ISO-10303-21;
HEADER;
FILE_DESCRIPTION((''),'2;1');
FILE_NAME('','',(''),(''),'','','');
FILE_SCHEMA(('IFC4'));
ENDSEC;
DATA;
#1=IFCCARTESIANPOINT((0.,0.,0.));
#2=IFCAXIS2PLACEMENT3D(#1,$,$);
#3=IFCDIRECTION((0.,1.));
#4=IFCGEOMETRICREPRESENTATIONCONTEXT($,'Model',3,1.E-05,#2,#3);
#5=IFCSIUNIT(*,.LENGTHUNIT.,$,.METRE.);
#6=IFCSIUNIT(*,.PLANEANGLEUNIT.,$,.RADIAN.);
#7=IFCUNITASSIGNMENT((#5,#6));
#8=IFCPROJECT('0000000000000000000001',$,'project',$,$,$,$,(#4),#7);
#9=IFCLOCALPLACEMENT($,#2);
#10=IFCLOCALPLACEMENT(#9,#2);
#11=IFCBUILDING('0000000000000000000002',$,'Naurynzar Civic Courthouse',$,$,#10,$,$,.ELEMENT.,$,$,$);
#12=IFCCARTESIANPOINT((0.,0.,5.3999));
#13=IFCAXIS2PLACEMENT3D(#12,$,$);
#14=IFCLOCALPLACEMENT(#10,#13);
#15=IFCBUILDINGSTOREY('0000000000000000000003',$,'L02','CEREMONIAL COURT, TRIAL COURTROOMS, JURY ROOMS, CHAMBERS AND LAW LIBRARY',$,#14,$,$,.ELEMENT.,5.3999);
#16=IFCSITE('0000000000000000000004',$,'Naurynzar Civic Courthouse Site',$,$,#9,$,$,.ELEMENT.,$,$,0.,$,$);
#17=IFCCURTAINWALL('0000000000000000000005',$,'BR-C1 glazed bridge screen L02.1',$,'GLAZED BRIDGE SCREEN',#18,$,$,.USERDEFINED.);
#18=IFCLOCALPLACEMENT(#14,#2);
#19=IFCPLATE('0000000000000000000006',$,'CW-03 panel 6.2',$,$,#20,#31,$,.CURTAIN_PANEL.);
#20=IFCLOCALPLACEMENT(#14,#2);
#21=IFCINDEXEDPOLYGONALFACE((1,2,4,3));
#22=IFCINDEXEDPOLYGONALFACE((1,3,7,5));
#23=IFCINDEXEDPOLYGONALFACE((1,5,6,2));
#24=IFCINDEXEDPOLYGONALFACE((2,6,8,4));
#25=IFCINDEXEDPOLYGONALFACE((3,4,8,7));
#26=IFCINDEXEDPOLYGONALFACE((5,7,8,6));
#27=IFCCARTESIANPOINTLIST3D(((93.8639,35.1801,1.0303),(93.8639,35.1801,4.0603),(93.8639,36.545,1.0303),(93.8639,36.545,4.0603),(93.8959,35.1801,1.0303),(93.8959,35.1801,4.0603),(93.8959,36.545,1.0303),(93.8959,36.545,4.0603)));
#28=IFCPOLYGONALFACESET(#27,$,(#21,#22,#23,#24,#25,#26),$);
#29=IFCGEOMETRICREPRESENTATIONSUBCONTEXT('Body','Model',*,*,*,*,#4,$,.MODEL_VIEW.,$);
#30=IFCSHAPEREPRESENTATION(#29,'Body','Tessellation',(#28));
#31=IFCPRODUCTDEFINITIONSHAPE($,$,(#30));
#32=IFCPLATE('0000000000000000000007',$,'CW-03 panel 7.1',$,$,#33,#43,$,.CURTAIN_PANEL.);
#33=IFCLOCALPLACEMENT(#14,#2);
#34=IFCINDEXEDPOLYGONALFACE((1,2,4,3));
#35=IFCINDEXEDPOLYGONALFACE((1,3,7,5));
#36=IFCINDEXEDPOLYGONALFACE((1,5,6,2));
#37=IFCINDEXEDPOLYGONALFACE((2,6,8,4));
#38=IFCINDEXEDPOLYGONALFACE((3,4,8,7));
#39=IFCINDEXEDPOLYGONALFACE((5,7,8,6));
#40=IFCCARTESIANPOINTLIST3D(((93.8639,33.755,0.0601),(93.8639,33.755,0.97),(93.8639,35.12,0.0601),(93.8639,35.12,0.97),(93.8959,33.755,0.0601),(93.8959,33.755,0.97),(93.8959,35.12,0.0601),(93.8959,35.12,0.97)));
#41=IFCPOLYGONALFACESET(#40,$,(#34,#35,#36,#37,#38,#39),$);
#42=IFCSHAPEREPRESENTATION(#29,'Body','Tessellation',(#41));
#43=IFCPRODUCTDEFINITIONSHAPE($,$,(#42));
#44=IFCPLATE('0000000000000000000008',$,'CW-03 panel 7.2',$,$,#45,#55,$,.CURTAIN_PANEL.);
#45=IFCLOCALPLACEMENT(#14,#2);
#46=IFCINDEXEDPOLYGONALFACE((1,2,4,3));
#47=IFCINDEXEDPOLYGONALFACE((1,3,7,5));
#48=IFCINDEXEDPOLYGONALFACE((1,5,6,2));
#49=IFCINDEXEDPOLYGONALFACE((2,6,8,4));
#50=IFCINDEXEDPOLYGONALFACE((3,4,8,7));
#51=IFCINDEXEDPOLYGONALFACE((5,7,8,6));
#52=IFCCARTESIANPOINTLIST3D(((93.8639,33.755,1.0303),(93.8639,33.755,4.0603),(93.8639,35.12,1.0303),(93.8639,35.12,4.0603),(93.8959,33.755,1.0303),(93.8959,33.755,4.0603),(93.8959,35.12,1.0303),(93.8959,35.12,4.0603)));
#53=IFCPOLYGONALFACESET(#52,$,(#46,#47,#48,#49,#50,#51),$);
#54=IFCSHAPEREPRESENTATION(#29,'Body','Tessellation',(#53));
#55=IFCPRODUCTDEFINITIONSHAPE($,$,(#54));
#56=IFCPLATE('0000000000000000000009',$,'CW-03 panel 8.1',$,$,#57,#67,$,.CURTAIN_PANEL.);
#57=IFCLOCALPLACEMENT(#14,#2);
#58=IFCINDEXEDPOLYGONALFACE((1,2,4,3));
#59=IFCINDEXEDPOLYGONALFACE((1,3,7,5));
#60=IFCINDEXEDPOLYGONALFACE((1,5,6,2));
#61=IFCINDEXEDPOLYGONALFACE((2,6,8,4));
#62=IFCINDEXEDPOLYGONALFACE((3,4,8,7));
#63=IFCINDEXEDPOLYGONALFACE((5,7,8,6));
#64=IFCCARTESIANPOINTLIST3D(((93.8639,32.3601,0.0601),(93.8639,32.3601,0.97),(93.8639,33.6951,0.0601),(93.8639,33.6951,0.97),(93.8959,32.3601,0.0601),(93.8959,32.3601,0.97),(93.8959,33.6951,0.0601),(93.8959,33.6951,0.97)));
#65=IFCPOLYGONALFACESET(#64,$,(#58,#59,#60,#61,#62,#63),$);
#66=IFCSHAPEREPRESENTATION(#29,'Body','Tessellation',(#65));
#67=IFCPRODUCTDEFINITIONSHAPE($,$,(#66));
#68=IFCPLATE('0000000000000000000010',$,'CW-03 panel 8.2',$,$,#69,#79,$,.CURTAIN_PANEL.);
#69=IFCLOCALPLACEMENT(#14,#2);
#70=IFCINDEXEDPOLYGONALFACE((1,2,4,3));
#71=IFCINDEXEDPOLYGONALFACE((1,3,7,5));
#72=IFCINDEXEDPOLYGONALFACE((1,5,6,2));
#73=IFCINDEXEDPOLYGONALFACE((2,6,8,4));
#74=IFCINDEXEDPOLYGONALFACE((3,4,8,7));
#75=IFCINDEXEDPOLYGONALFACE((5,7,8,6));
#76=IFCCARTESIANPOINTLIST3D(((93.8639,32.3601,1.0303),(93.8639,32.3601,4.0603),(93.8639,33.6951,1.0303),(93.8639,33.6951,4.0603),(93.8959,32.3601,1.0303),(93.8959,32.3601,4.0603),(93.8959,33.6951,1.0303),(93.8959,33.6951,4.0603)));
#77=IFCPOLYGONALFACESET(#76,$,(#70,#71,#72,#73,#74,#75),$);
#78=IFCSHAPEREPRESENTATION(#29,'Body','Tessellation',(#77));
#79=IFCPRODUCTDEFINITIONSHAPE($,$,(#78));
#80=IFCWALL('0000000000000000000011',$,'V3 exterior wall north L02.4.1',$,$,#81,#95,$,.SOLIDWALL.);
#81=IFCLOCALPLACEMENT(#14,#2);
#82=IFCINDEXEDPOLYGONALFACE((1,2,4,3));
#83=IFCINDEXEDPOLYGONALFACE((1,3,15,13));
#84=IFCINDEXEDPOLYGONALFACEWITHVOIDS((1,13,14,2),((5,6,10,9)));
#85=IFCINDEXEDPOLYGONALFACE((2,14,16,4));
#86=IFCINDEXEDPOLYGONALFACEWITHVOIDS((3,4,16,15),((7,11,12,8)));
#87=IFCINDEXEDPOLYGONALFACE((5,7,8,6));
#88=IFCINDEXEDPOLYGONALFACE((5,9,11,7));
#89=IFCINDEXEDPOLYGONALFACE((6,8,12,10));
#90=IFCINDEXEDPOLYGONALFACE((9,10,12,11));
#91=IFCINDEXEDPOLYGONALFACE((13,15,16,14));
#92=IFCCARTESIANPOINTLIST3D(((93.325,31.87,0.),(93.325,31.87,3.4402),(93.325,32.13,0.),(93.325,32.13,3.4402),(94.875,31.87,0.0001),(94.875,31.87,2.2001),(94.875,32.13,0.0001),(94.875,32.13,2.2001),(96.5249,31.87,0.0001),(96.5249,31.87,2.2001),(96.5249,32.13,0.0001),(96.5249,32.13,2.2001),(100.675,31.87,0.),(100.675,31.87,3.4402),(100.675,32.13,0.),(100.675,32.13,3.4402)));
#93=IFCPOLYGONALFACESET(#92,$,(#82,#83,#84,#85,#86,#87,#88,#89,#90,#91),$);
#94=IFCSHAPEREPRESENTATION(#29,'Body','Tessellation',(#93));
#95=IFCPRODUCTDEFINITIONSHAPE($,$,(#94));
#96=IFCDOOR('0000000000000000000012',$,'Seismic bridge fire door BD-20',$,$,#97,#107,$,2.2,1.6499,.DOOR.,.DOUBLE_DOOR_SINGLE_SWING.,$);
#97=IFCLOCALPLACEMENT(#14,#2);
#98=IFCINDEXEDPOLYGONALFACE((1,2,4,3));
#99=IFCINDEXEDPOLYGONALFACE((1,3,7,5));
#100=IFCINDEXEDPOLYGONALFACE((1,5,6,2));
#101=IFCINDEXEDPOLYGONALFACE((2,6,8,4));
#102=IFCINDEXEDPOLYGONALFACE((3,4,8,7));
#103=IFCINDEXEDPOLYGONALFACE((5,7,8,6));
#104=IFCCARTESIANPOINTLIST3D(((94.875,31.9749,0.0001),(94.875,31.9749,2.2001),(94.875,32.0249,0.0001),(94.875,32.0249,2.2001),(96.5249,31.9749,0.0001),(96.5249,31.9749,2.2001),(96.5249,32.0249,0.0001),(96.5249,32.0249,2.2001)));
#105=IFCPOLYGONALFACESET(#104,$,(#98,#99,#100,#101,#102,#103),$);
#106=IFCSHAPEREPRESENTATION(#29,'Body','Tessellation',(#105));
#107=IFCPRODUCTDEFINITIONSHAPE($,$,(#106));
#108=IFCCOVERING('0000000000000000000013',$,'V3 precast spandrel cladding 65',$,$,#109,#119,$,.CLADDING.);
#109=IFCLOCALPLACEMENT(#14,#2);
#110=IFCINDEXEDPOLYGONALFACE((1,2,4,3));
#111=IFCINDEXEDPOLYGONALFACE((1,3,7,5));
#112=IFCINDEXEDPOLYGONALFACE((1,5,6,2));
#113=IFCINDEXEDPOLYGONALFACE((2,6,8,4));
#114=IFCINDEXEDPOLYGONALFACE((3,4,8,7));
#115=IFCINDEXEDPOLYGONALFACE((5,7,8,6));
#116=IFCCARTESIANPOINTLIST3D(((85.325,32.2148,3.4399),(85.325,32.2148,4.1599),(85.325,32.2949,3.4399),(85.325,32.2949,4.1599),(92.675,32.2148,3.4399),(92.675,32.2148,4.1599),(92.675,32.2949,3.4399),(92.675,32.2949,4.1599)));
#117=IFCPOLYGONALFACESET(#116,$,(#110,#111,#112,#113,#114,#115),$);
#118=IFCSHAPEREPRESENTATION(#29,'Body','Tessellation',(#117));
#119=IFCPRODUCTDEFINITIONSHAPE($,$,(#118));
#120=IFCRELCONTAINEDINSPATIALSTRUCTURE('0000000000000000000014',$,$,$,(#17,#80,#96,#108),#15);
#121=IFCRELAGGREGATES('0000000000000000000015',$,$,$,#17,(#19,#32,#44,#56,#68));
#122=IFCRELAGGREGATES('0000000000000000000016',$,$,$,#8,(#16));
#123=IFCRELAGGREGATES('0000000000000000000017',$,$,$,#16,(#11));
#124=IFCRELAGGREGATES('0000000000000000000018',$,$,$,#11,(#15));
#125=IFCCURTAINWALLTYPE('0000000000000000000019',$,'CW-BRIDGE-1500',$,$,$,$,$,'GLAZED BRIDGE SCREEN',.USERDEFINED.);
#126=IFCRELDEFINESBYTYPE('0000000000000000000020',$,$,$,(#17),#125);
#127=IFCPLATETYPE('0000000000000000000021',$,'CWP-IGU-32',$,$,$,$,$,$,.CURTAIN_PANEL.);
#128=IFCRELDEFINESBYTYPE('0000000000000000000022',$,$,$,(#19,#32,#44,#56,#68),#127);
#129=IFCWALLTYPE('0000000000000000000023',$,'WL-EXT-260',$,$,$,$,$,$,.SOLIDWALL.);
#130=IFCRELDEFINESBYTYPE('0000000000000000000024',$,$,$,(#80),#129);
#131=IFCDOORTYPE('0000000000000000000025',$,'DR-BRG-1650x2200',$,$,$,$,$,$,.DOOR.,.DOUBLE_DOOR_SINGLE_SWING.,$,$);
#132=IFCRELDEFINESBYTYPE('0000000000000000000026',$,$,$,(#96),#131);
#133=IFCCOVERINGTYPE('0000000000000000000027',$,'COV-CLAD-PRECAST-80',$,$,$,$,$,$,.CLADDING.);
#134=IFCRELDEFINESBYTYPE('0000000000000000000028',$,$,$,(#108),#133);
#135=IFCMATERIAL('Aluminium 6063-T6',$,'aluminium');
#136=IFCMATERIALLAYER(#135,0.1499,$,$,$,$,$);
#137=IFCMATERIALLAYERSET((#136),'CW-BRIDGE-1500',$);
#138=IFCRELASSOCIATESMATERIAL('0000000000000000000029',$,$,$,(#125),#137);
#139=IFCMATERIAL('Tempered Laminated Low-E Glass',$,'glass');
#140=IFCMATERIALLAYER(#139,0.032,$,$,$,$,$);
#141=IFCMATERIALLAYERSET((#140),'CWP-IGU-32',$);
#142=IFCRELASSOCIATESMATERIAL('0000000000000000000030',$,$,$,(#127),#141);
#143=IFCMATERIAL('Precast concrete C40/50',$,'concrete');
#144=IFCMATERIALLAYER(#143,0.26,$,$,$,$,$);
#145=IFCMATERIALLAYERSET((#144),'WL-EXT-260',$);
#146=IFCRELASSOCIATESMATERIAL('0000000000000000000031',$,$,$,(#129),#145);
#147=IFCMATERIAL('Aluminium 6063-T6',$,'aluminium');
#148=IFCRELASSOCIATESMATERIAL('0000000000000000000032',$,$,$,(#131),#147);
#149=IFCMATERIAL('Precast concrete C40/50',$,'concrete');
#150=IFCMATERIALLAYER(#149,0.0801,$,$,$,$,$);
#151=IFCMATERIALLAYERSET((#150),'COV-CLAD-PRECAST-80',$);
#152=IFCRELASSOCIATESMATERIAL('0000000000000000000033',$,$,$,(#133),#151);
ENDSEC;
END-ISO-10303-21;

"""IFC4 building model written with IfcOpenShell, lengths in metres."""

from ifc_helpers import new_model, si_unit, direction, frame, frame_2d, origin, origin_2d, place, context, subcontext, project, spatial, rectangle, extrude, material, layer, layer_set, type_object, element, fill, aggregate, save


model = new_model("IFC4")

# Units and contexts
model_context = context("Model", 3, precision=1e-05, world=origin(), true_north=direction((0.0, 1.0)))
body_context = subcontext(model_context, "Body", "Model", "MODEL_VIEW")
ifc_project = project(units=[si_unit("LENGTHUNIT", "METRE"), si_unit("PLANEANGLEUNIT", "RADIAN")], contexts=[model_context])

# Site, building, storey
site_placement = place(None, origin())
site = spatial("IfcSite", under=ifc_project, at=site_placement, Name="Naurynzar Civic Courthouse Site", CompositionType="ELEMENT", RefElevation=0.0)
building_placement = place(site_placement, origin())
building = spatial("IfcBuilding", under=site, at=building_placement, Name="Naurynzar Civic Courthouse", CompositionType="ELEMENT")
storey_placement = place(building_placement, frame((0.0, 0.0, 5.3999)))
storey = spatial("IfcBuildingStorey", under=building, at=storey_placement, Name="L02", Description="CEREMONIAL COURT, TRIAL COURTROOMS, JURY ROOMS, CHAMBERS AND LAW LIBRARY", CompositionType="ELEMENT", Elevation=5.3999)

# Curtain wall
ifc_material_1 = material(Name="Aluminium 6063-T6", Category="aluminium")
ifc_layer_1 = layer(ifc_material_1, 0.1499)
ifc_layer_set_1 = layer_set([ifc_layer_1], Name="CW-BRIDGE-1500")
curtain_wall_type_1 = type_object("IfcCurtainWallType", Name="CW-BRIDGE-1500", ElementType="GLAZED BRIDGE SCREEN", PredefinedType="USERDEFINED", material=ifc_layer_set_1)
curtain_wall_1_placement = place(storey_placement, origin())
curtain_wall_1 = element("IfcCurtainWall", 1, at=curtain_wall_1_placement, inside=storey, type_object=curtain_wall_type_1, Name="BR-C1 glazed bridge screen L02.1", ObjectType="GLAZED BRIDGE SCREEN", PredefinedType="USERDEFINED")

# Plates
ifc_material_2 = material(Name="Tempered Laminated Low-E Glass", Category="glass")
ifc_layer_2 = layer(ifc_material_2, 0.032)
ifc_layer_set_2 = layer_set([ifc_layer_2], Name="CWP-IGU-32")
plate_type = type_object("IfcPlateType", Name="CWP-IGU-32", PredefinedType="CURTAIN_PANEL", material=ifc_layer_set_2)
plate_1_placement = place(storey_placement, frame((93.8799, 35.8625, 1.0303), z_axis=(0.0, 0.0, 1.0), x_axis=(0.0, -1.0, 0.0)))
plate_1 = element("IfcPlate", 2, at=plate_1_placement, type_object=plate_type, Name="CW-03 panel 6.2", PredefinedType="CURTAIN_PANEL", context=body_context, shape_type="SweptSolid", body=[
    extrude(rectangle(XDim=1.365, YDim=0.032, at=origin_2d()), origin(), (0.0, 0.0, 1.0), 3.03),
])
plate_2_placement = place(storey_placement, frame((93.8799, 34.4375, 0.0601), z_axis=(0.0, 0.0, 1.0), x_axis=(0.0, -1.0, 0.0)))
plate_2 = element("IfcPlate", 3, at=plate_2_placement, type_object=plate_type, Name="CW-03 panel 7.1", PredefinedType="CURTAIN_PANEL", context=body_context, shape_type="SweptSolid", body=[
    extrude(rectangle(XDim=1.365, YDim=0.032, at=origin_2d()), origin(), (0.0, 0.0, 1.0), 0.9099),
])
plate_3_placement = place(storey_placement, frame((93.8799, 34.4375, 1.0303), z_axis=(0.0, 0.0, 1.0), x_axis=(0.0, -1.0, 0.0)))
plate_3 = element("IfcPlate", 4, at=plate_3_placement, type_object=plate_type, Name="CW-03 panel 7.2", PredefinedType="CURTAIN_PANEL", context=body_context, shape_type="SweptSolid", body=[
    extrude(rectangle(XDim=1.365, YDim=0.032, at=origin_2d()), origin(), (0.0, 0.0, 1.0), 3.03),
])
plate_4_placement = place(storey_placement, frame((93.8799, 33.0276, 0.0601), z_axis=(0.0, 0.0, 1.0), x_axis=(0.0, -1.0, 0.0)))
plate_4 = element("IfcPlate", 5, at=plate_4_placement, type_object=plate_type, Name="CW-03 panel 8.1", PredefinedType="CURTAIN_PANEL", context=body_context, shape_type="SweptSolid", body=[
    extrude(rectangle(XDim=1.335, YDim=0.032, at=origin_2d()), origin(), (0.0, 0.0, 1.0), 0.9099),
])
plate_5_placement = place(storey_placement, frame((93.8799, 33.0276, 1.0303), z_axis=(0.0, 0.0, 1.0), x_axis=(0.0, -1.0, 0.0)))
plate_5 = element("IfcPlate", 6, at=plate_5_placement, type_object=plate_type, Name="CW-03 panel 8.2", PredefinedType="CURTAIN_PANEL", context=body_context, shape_type="SweptSolid", body=[
    extrude(rectangle(XDim=1.335, YDim=0.032, at=origin_2d()), origin(), (0.0, 0.0, 1.0), 3.03),
])
aggregate(curtain_wall_1, [plate_1, plate_2, plate_3, plate_4, plate_5])

# Wall, opening, door
ifc_material_3 = material(Name="Precast concrete C40/50", Category="concrete")
ifc_layer_3 = layer(ifc_material_3, 0.26)
ifc_layer_set_3 = layer_set([ifc_layer_3], Name="WL-EXT-260")
wall_type = type_object("IfcWallType", Name="WL-EXT-260", PredefinedType="SOLIDWALL", material=ifc_layer_set_3)
wall_placement = place(storey_placement, frame((93.325, 32.0, 0.0), z_axis=(0.0, 0.0, 1.0), x_axis=(1.0, 0.0, 0.0)))
wall = element("IfcWall", 7, at=wall_placement, inside=storey, type_object=wall_type, Name="V3 exterior wall north L02.4.1", PredefinedType="SOLIDWALL", context=body_context, shape_type="SweptSolid", body=[
    extrude(rectangle(XDim=7.3501, YDim=0.26, at=frame_2d((3.675, 0.0))), origin(), (0.0, 0.0, 1.0), 3.4402),
])
opening_placement = place(wall_placement, frame((1.55, 0.0, 0.0)))
opening = element("IfcOpeningElement", 8, at=opening_placement, cuts=wall, PredefinedType="OPENING", context=body_context, shape_type="SweptSolid", body=[
    extrude(rectangle(XDim=1.6499, YDim=2.2, at=frame_2d((0.825, 1.1001))), frame((0.0, 0.1399, 0.0), z_axis=(0.0, -1.0, 0.0), x_axis=(1.0, 0.0, 0.0)), (0.0, 0.0, 1.0), 0.28),
])
ifc_material_4 = material(Name="Aluminium 6063-T6", Category="aluminium")
door_type = type_object("IfcDoorType", Name="DR-BRG-1650x2200", OperationType="DOUBLE_DOOR_SINGLE_SWING", PredefinedType="DOOR", material=ifc_material_4)
door_placement = place(opening_placement, origin())
door = element("IfcDoor", 9, at=door_placement, inside=storey, type_object=door_type, Name="Seismic bridge fire door BD-20", OperationType="DOUBLE_DOOR_SINGLE_SWING", OverallHeight=2.2, OverallWidth=1.6499, PredefinedType="DOOR", context=body_context, shape_type="SweptSolid", body=[
    extrude(rectangle(XDim=1.6499, YDim=2.2, at=frame_2d((0.825, 1.1001))), frame((0.0, 0.0249, 0.0), z_axis=(0.0, -1.0, 0.0), x_axis=(1.0, 0.0, 0.0)), (0.0, 0.0, 1.0), 0.05),
])
fill(opening, door)

# Covering
ifc_material_5 = material(Name="Precast concrete C40/50", Category="concrete")
ifc_layer_4 = layer(ifc_material_5, 0.0801)
ifc_layer_set_4 = layer_set([ifc_layer_4], Name="COV-CLAD-PRECAST-80")
covering_type = type_object("IfcCoveringType", Name="COV-CLAD-PRECAST-80", PredefinedType="CLADDING", material=ifc_layer_set_4)
covering_placement = place(storey_placement, frame((89.0, 32.2549, 3.4399), z_axis=(0.0, 0.0, 1.0), x_axis=(1.0, 0.0, 0.0)))
element("IfcCovering", 10, at=covering_placement, inside=storey, type_object=covering_type, Name="V3 precast spandrel cladding 65", PredefinedType="CLADDING", context=body_context, shape_type="SweptSolid", body=[
    extrude(rectangle(XDim=7.3501, YDim=0.0801, at=origin_2d()), origin(), (0.0, 0.0, 1.0), 0.72),
])

save(model, "model.ifc")
